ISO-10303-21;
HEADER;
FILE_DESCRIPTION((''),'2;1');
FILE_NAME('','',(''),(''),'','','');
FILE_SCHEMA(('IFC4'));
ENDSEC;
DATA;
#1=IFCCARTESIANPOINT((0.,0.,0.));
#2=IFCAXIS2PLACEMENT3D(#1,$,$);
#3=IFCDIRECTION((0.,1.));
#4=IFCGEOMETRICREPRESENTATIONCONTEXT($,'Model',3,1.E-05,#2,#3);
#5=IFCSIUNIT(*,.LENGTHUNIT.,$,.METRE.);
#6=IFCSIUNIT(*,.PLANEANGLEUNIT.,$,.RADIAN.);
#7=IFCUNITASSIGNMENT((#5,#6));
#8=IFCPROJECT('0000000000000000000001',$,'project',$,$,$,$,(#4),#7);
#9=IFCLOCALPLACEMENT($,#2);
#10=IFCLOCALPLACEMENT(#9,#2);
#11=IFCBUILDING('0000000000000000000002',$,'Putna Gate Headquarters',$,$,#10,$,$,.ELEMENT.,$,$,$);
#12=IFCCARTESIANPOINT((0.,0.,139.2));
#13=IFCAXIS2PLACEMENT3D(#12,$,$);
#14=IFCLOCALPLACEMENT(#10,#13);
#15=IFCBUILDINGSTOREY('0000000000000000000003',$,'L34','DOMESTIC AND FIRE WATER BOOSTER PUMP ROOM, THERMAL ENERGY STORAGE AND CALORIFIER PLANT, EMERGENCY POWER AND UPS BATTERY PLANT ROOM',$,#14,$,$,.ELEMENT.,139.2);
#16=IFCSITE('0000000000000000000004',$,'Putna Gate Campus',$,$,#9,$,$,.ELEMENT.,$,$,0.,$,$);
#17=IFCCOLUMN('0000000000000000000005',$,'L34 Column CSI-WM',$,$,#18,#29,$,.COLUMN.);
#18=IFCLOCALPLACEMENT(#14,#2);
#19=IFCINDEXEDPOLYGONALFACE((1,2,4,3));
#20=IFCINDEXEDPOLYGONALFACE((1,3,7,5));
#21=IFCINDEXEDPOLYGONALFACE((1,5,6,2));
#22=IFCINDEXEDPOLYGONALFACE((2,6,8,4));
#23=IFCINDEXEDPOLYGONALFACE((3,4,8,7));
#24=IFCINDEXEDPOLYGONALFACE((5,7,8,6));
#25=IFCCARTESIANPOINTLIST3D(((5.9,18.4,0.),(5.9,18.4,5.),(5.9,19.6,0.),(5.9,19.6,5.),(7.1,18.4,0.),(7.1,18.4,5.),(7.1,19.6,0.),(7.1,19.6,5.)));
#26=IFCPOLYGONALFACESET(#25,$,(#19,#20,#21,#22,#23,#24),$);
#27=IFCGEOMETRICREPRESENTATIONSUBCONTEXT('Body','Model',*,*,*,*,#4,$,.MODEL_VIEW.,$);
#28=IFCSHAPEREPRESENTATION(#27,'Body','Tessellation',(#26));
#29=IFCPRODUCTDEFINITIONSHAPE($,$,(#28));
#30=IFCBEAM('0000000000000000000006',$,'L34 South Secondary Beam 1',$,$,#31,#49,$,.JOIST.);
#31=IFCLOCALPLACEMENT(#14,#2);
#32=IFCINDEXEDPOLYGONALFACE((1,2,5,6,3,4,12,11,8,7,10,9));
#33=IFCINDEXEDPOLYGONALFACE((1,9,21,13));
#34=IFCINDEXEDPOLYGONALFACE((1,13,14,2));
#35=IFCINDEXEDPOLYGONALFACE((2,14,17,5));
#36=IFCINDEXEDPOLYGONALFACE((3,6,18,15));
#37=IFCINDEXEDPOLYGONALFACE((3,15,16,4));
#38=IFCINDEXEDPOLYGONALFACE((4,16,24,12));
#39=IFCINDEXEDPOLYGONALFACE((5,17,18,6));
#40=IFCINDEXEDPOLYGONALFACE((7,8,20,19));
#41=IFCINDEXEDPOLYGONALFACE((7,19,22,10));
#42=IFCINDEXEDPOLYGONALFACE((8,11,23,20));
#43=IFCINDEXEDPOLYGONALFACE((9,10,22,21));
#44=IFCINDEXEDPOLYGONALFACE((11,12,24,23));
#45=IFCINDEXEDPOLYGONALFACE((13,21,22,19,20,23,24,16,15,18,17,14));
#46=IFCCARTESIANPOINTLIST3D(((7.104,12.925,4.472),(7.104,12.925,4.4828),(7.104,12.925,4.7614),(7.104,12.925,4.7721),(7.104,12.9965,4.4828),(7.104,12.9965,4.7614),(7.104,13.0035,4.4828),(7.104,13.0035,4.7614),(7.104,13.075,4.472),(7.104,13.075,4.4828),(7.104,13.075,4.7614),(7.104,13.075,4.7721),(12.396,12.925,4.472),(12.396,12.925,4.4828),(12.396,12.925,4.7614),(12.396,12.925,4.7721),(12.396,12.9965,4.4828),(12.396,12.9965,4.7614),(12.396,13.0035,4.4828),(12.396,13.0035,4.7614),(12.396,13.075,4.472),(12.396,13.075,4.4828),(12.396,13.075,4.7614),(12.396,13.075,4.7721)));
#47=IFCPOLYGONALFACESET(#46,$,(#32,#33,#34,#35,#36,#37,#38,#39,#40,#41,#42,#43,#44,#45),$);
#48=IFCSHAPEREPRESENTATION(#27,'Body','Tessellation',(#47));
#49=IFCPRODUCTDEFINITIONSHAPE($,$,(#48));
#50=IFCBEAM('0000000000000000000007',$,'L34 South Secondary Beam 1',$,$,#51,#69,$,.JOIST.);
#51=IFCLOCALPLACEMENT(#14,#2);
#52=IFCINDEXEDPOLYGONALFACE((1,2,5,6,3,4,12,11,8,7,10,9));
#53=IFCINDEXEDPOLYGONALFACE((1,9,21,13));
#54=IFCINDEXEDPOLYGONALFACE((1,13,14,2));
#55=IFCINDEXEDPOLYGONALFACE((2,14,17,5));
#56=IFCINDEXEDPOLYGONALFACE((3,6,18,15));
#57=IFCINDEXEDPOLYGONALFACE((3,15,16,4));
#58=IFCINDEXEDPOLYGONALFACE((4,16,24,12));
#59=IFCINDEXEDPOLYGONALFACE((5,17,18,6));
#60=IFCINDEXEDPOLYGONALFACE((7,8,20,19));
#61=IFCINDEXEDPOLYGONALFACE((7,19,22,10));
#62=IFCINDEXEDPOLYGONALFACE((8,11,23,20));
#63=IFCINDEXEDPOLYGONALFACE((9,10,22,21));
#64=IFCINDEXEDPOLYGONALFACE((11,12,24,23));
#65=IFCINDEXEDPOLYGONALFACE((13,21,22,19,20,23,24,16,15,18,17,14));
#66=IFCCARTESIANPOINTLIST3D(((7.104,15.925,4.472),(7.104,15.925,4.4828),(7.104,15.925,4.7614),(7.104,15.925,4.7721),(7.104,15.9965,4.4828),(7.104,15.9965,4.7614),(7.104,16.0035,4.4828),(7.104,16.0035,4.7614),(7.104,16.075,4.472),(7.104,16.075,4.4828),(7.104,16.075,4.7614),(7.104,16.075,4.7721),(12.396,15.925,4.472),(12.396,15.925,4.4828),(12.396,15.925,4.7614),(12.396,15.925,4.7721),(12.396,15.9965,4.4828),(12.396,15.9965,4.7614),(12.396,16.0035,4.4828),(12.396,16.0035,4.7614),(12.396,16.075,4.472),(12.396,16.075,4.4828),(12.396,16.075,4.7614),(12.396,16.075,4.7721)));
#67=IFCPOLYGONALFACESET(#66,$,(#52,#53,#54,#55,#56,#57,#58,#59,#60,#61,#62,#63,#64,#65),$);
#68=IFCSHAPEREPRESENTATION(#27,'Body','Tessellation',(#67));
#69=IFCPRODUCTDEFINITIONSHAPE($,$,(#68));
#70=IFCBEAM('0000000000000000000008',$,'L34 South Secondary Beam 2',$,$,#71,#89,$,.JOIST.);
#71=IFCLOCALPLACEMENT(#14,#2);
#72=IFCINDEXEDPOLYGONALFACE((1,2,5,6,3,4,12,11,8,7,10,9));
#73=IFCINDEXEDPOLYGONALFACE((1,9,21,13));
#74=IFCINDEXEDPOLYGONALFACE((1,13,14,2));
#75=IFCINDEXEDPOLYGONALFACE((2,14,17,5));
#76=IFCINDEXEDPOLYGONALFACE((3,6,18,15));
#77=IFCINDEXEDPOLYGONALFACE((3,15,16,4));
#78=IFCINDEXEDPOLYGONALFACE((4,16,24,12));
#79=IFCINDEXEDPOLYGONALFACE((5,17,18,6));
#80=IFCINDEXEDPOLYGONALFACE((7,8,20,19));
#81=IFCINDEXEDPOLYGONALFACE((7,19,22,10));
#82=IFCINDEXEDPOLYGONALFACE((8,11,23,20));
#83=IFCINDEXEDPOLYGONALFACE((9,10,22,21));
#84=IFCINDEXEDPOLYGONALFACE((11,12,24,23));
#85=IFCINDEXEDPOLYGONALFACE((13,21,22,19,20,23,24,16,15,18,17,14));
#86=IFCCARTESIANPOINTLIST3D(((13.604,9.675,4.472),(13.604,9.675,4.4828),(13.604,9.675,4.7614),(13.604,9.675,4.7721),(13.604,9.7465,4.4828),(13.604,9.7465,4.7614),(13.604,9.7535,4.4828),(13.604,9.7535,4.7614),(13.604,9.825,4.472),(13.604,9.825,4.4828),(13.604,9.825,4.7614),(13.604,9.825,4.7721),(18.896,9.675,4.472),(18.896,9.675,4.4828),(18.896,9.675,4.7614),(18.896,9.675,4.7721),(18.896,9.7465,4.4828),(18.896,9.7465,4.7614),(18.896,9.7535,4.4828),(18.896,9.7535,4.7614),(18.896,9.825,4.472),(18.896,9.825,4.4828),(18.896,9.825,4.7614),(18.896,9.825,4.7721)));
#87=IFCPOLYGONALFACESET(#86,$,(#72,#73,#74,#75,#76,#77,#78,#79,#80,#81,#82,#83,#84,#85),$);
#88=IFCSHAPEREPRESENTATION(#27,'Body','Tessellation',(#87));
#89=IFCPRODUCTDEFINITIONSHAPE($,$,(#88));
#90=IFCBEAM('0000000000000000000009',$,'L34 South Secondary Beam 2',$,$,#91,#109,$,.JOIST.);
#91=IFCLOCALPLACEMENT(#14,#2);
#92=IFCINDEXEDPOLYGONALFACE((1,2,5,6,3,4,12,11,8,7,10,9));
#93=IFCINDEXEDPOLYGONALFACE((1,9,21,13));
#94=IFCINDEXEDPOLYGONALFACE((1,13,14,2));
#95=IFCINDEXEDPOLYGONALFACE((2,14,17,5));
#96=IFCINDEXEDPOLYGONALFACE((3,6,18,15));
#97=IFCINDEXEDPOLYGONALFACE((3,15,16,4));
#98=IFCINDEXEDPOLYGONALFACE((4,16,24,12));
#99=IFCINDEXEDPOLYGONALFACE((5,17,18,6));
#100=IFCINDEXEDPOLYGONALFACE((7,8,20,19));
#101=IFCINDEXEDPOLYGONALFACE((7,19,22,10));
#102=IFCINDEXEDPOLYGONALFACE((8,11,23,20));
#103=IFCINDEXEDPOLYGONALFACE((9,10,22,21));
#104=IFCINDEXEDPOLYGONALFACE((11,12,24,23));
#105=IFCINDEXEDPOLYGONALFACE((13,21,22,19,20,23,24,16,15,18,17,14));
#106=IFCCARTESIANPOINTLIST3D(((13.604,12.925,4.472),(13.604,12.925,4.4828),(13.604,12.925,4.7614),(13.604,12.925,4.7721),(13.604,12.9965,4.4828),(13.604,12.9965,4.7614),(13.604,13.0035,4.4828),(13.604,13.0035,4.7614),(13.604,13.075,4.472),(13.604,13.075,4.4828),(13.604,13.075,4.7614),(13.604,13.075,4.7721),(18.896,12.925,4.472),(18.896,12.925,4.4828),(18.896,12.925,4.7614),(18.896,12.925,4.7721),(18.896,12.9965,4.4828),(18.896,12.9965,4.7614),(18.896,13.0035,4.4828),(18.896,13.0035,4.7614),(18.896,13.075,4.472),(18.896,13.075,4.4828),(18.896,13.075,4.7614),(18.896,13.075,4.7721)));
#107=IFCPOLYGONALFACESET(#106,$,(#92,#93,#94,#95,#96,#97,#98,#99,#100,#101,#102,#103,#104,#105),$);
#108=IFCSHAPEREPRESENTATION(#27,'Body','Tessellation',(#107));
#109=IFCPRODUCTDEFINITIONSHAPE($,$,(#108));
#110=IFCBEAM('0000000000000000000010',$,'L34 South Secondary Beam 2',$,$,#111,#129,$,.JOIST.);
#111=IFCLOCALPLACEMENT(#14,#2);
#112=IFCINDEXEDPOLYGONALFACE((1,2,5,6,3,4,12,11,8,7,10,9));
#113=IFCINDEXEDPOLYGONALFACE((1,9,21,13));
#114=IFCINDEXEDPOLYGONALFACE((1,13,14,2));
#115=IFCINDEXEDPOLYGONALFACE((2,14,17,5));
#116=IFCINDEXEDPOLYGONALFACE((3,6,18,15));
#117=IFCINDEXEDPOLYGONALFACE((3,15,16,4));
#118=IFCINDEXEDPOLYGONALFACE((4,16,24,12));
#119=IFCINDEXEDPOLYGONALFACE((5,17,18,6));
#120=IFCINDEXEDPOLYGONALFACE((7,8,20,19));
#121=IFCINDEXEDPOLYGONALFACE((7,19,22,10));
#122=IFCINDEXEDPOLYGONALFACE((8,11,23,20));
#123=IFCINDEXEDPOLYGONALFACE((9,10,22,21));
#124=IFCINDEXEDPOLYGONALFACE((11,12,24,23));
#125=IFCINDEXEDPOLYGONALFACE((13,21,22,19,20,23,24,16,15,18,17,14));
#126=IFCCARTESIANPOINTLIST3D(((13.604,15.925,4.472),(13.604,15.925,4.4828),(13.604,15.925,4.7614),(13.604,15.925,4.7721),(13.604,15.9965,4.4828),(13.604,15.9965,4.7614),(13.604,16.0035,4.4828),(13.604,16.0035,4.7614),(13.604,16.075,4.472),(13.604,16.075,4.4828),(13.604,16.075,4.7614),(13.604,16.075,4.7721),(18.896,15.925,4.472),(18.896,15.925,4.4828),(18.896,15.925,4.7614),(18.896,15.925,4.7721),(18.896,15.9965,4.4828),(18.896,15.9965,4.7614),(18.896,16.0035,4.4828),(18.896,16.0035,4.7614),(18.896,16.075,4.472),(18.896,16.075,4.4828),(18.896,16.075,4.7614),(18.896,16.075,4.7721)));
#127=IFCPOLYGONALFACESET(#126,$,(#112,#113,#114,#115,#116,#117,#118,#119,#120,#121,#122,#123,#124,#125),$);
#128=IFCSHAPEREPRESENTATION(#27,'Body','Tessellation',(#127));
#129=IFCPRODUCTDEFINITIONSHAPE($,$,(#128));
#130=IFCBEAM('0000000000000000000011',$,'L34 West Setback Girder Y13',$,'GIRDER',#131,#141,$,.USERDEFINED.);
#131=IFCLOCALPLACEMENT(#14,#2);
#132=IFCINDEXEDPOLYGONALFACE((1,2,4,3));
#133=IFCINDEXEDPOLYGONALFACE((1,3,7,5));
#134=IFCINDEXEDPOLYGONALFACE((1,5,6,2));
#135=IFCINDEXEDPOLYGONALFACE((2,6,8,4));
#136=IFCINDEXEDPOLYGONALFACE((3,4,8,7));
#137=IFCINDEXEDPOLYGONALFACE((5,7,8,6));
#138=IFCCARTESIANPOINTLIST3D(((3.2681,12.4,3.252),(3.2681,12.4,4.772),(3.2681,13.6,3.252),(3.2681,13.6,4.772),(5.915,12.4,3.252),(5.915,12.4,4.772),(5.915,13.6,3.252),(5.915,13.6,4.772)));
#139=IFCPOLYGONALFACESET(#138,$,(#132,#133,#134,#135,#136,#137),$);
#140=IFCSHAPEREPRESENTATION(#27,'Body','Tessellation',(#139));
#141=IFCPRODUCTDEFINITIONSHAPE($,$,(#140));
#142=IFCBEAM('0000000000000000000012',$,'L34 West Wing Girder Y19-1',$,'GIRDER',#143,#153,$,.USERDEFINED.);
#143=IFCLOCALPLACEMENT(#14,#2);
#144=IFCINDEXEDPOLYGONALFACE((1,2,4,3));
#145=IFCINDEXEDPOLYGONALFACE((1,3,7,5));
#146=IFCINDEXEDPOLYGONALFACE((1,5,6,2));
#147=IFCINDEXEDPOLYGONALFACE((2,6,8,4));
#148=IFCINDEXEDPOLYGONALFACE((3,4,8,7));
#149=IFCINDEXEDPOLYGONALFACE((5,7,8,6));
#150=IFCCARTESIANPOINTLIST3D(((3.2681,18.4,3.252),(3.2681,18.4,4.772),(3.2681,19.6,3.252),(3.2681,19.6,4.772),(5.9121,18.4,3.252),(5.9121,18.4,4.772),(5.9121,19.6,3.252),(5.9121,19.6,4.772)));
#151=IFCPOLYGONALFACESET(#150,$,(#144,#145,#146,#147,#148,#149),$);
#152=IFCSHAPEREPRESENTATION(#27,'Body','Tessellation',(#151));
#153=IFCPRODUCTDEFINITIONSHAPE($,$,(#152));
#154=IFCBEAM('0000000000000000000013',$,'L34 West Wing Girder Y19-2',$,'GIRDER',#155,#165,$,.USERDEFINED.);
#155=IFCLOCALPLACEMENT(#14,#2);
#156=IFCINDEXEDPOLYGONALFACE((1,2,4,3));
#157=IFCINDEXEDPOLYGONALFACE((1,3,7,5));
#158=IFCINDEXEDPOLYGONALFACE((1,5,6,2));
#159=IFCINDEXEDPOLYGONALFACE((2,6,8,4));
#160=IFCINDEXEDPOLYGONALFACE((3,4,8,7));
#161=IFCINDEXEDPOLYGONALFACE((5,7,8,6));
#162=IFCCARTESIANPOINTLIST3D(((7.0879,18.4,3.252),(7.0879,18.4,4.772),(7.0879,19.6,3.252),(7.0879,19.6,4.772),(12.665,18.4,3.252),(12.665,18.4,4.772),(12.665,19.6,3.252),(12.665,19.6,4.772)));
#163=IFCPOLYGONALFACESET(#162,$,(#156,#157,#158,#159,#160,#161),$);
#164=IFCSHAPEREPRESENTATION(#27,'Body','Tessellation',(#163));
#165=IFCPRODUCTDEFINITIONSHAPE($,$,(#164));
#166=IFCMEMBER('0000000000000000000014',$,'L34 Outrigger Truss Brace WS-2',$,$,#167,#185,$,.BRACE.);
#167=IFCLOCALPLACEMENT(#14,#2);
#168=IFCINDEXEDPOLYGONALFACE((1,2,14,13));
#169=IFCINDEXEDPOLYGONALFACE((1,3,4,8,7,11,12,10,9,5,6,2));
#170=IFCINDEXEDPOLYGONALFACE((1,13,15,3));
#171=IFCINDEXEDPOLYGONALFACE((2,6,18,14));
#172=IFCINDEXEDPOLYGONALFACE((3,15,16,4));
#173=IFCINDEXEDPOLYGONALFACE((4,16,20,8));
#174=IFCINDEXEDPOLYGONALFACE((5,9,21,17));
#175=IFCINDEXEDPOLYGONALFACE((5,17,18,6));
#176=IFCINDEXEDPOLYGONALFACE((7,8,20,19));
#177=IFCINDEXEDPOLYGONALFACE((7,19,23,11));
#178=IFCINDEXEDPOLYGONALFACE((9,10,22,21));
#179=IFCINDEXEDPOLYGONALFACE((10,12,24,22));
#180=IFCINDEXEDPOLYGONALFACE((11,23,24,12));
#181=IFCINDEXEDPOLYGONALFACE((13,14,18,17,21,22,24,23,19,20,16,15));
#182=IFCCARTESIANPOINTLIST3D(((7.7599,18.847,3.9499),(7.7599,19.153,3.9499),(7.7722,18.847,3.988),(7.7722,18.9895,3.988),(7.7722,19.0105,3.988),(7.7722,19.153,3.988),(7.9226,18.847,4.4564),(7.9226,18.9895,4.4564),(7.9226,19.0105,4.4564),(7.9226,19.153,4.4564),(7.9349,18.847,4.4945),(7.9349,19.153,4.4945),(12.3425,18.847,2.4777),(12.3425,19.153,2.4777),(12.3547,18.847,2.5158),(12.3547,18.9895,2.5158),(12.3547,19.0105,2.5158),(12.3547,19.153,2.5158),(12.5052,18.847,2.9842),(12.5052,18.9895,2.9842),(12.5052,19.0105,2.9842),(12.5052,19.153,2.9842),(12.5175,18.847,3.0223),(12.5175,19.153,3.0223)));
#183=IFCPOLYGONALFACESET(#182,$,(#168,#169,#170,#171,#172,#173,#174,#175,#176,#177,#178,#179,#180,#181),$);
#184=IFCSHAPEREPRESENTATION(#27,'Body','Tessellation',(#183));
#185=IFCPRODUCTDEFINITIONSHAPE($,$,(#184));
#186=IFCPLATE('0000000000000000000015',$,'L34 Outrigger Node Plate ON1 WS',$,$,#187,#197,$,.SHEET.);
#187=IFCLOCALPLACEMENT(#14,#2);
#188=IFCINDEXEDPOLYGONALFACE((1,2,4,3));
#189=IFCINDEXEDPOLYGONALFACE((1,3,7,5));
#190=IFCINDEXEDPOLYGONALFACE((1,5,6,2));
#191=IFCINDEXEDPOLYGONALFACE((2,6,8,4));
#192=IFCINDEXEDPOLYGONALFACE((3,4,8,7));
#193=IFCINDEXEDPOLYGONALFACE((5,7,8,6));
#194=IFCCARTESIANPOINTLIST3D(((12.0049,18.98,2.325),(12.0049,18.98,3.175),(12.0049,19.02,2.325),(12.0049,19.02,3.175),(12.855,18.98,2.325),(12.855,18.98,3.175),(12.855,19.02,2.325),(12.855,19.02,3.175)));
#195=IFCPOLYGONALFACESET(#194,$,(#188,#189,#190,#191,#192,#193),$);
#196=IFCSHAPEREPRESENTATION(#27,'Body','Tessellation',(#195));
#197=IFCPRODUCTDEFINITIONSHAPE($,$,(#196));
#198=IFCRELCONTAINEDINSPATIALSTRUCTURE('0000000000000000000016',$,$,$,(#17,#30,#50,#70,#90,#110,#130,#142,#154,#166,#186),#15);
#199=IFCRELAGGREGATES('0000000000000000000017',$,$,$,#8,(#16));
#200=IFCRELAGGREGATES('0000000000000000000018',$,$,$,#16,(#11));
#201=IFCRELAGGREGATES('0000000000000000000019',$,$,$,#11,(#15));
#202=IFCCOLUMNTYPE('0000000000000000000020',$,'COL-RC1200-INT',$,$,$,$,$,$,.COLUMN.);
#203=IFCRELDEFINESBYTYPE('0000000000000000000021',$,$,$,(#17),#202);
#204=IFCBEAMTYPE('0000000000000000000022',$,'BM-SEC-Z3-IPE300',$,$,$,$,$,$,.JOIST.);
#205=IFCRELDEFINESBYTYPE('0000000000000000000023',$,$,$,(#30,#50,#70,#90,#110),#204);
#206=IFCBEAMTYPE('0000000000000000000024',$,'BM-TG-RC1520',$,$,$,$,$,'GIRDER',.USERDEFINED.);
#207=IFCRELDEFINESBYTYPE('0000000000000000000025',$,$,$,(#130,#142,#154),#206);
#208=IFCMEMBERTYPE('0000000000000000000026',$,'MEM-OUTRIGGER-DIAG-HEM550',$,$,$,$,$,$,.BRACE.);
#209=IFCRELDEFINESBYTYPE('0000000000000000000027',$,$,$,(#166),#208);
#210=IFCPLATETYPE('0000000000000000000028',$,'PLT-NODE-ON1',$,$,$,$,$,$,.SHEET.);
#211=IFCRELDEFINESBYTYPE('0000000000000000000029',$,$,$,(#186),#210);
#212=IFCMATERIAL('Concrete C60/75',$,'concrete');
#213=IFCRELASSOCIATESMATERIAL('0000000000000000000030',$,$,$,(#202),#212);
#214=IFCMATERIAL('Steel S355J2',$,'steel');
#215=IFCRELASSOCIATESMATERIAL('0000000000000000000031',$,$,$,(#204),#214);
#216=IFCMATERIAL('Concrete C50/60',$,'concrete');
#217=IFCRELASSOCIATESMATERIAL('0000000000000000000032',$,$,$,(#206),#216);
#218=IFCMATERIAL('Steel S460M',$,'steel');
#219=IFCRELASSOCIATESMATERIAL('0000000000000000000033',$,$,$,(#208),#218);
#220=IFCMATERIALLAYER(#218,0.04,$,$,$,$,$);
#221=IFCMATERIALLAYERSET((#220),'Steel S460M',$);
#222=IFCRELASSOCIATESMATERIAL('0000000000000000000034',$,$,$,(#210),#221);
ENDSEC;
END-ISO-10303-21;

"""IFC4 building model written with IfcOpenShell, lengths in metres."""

from ifc_helpers import new_model, si_unit, direction, frame, origin, origin_2d, place, context, subcontext, project, spatial, rectangle, i_section, extrude, material, layer, layer_set, material_profile, profile_set, type_object, element, save


model = new_model("IFC4")

# Units and contexts
model_context = context("Model", 3, precision=1e-05, world=origin(), true_north=direction((0.0, 1.0)))
body_context = subcontext(model_context, "Body", "Model", "MODEL_VIEW")
ifc_project = project(units=[si_unit("LENGTHUNIT", "METRE"), si_unit("PLANEANGLEUNIT", "RADIAN")], contexts=[model_context])

# Site, building, storey
site_placement = place(None, origin())
site = spatial("IfcSite", under=ifc_project, at=site_placement, Name="Putna Gate Campus", CompositionType="ELEMENT", RefElevation=0.0)
building_placement = place(site_placement, origin())
building = spatial("IfcBuilding", under=site, at=building_placement, Name="Putna Gate Headquarters", CompositionType="ELEMENT")
storey_placement = place(building_placement, frame((0.0, 0.0, 139.2)))
storey = spatial("IfcBuildingStorey", under=building, at=storey_placement, Name="L34", Description="DOMESTIC AND FIRE WATER BOOSTER PUMP ROOM, THERMAL ENERGY STORAGE AND CALORIFIER PLANT, EMERGENCY POWER AND UPS BATTERY PLANT ROOM", CompositionType="ELEMENT", Elevation=139.2)

# Column
ifc_material_1 = material(Name="Concrete C60/75", Category="concrete")
ifc_material_profile_1 = material_profile(ifc_material_1, rectangle(XDim=1.2, YDim=1.2, at=origin_2d()), Name="Concrete C60/75")
ifc_profile_set_1 = profile_set([ifc_material_profile_1], Name="Concrete C60/75")
column_type = type_object("IfcColumnType", Name="COL-RC1200-INT", PredefinedType="COLUMN", material=ifc_profile_set_1)
column_placement = place(storey_placement, frame((6.5, 19.0, 0.0), z_axis=(0.0, 0.0, 1.0), x_axis=(1.0, 0.0, 0.0)))
element("IfcColumn", 1, at=column_placement, inside=storey, type_object=column_type, Name="L34 Column CSI-WM", PredefinedType="COLUMN", context=body_context, shape_type="SweptSolid", body=[
    extrude(rectangle(XDim=1.2, YDim=1.2, at=origin_2d()), origin(), (0.0, 0.0, 1.0), 5.0),
])

# Beams
ifc_material_2 = material(Name="Steel S355J2", Category="steel")
ifc_material_profile_2 = material_profile(ifc_material_2, i_section(OverallWidth=0.1499, OverallDepth=0.3, WebThickness=0.0071, FlangeThickness=0.0107, at=origin_2d()), Name="Steel S355J2")
ifc_profile_set_2 = profile_set([ifc_material_profile_2], Name="Steel S355J2")
beam_type_1 = type_object("IfcBeamType", Name="BM-SEC-Z3-IPE300", PredefinedType="JOIST", material=ifc_profile_set_2)
for number, where, z_axis, x_axis, name in (
    (2, (7.104, 13.0, 4.6221), (1.0, 0.0, 0.0), (0.0, 1.0, 0.0), "L34 South Secondary Beam 1"),
    (3, (7.104, 16.0, 4.6221), (1.0, 0.0, 0.0), (0.0, 1.0, 0.0), "L34 South Secondary Beam 1"),
    (4, (13.604, 9.75, 4.6221), (1.0, 0.0, 0.0), (0.0, 1.0, 0.0), "L34 South Secondary Beam 2"),
    (5, (13.604, 13.0, 4.6221), (1.0, 0.0, 0.0), (0.0, 1.0, 0.0), "L34 South Secondary Beam 2"),
    (6, (13.604, 16.0, 4.6221), (1.0, 0.0, 0.0), (0.0, 1.0, 0.0), "L34 South Secondary Beam 2"),
):
    element("IfcBeam", number, at=place(storey_placement, frame(where, z_axis=z_axis, x_axis=x_axis)), inside=storey, type_object=beam_type_1, Name=name, PredefinedType="JOIST", context=body_context, shape_type="SweptSolid", body=[
        extrude(i_section(OverallWidth=0.1499, OverallDepth=0.3, WebThickness=0.0071, FlangeThickness=0.0107, at=origin_2d()), origin(), (0.0, 0.0, 1.0), 5.292),
    ])
ifc_material_3 = material(Name="Concrete C50/60", Category="concrete")
ifc_material_profile_3 = material_profile(ifc_material_3, rectangle(XDim=1.2, YDim=1.52, at=origin_2d()), Name="Concrete C50/60")
ifc_profile_set_3 = profile_set([ifc_material_profile_3], Name="Concrete C50/60")
beam_type_2 = type_object("IfcBeamType", Name="BM-TG-RC1520", ElementType="GIRDER", PredefinedType="USERDEFINED", material=ifc_profile_set_3)
beam_1_placement = place(storey_placement, frame((3.2681, 13.0, 4.012), z_axis=(1.0, 0.0, 0.0), x_axis=(0.0, 1.0, 0.0)))
element("IfcBeam", 7, at=beam_1_placement, inside=storey, type_object=beam_type_2, Name="L34 West Setback Girder Y13", ObjectType="GIRDER", PredefinedType="USERDEFINED", context=body_context, shape_type="SweptSolid", body=[
    extrude(rectangle(XDim=1.2, YDim=1.52, at=origin_2d()), origin(), (0.0, 0.0, 1.0), 2.647),
])
beam_2_placement = place(storey_placement, frame((3.2681, 19.0, 4.012), z_axis=(1.0, 0.0, 0.0), x_axis=(0.0, 1.0, 0.0)))
element("IfcBeam", 8, at=beam_2_placement, inside=storey, type_object=beam_type_2, Name="L34 West Wing Girder Y19-1", ObjectType="GIRDER", PredefinedType="USERDEFINED", context=body_context, shape_type="SweptSolid", body=[
    extrude(rectangle(XDim=1.2, YDim=1.52, at=origin_2d()), origin(), (0.0, 0.0, 1.0), 2.644),
])
beam_3_placement = place(storey_placement, frame((7.0879, 19.0, 4.012), z_axis=(1.0, 0.0, 0.0), x_axis=(0.0, 1.0, 0.0)))
element("IfcBeam", 9, at=beam_3_placement, inside=storey, type_object=beam_type_2, Name="L34 West Wing Girder Y19-2", ObjectType="GIRDER", PredefinedType="USERDEFINED", context=body_context, shape_type="SweptSolid", body=[
    extrude(rectangle(XDim=1.2, YDim=1.52, at=origin_2d()), origin(), (0.0, 0.0, 1.0), 5.5771),
])

# Member
ifc_material_4 = material(Name="Steel S460M", Category="steel")
ifc_material_profile_4 = material_profile(ifc_material_4, i_section(OverallWidth=0.3059, OverallDepth=0.572, WebThickness=0.021, FlangeThickness=0.04, at=origin_2d()), Name="Steel S460M")
ifc_profile_set_4 = profile_set([ifc_material_profile_4], Name="Steel S460M")
member_type = type_object("IfcMemberType", Name="MEM-OUTRIGGER-DIAG-HEM550", PredefinedType="BRACE", material=ifc_profile_set_4)
member_placement = place(storey_placement, frame((7.8474, 19.0, 4.2222), z_axis=(0.952076, 0.0, -0.305861), x_axis=(0.0, 1.0, 0.0)))
element("IfcMember", 10, at=member_placement, inside=storey, type_object=member_type, Name="L34 Outrigger Truss Brace WS-2", PredefinedType="BRACE", context=body_context, shape_type="SweptSolid", body=[
    extrude(i_section(OverallWidth=0.3059, OverallDepth=0.572, WebThickness=0.021, FlangeThickness=0.04, at=origin_2d()), origin(), (0.0, 0.0, 1.0), 4.8132),
])

# Plate
ifc_layer_1 = layer(ifc_material_4, 0.04)
ifc_layer_set_1 = layer_set([ifc_layer_1], Name="Steel S460M")
plate_type_1 = type_object("IfcPlateType", Name="PLT-NODE-ON1", PredefinedType="SHEET", material=ifc_layer_set_1)
plate_1_placement = place(storey_placement, frame((12.4299, 19.0, 2.325), z_axis=(0.0, 0.0, 1.0), x_axis=(1.0, 0.0, 0.0)))
element("IfcPlate", 11, at=plate_1_placement, inside=storey, type_object=plate_type_1, Name="L34 Outrigger Node Plate ON1 WS", PredefinedType="SHEET", context=body_context, shape_type="SweptSolid", body=[
    extrude(rectangle(XDim=0.8501, YDim=0.04, at=origin_2d()), origin(), (0.0, 0.0, 1.0), 0.8501),
])

save(model, "model.ifc")
